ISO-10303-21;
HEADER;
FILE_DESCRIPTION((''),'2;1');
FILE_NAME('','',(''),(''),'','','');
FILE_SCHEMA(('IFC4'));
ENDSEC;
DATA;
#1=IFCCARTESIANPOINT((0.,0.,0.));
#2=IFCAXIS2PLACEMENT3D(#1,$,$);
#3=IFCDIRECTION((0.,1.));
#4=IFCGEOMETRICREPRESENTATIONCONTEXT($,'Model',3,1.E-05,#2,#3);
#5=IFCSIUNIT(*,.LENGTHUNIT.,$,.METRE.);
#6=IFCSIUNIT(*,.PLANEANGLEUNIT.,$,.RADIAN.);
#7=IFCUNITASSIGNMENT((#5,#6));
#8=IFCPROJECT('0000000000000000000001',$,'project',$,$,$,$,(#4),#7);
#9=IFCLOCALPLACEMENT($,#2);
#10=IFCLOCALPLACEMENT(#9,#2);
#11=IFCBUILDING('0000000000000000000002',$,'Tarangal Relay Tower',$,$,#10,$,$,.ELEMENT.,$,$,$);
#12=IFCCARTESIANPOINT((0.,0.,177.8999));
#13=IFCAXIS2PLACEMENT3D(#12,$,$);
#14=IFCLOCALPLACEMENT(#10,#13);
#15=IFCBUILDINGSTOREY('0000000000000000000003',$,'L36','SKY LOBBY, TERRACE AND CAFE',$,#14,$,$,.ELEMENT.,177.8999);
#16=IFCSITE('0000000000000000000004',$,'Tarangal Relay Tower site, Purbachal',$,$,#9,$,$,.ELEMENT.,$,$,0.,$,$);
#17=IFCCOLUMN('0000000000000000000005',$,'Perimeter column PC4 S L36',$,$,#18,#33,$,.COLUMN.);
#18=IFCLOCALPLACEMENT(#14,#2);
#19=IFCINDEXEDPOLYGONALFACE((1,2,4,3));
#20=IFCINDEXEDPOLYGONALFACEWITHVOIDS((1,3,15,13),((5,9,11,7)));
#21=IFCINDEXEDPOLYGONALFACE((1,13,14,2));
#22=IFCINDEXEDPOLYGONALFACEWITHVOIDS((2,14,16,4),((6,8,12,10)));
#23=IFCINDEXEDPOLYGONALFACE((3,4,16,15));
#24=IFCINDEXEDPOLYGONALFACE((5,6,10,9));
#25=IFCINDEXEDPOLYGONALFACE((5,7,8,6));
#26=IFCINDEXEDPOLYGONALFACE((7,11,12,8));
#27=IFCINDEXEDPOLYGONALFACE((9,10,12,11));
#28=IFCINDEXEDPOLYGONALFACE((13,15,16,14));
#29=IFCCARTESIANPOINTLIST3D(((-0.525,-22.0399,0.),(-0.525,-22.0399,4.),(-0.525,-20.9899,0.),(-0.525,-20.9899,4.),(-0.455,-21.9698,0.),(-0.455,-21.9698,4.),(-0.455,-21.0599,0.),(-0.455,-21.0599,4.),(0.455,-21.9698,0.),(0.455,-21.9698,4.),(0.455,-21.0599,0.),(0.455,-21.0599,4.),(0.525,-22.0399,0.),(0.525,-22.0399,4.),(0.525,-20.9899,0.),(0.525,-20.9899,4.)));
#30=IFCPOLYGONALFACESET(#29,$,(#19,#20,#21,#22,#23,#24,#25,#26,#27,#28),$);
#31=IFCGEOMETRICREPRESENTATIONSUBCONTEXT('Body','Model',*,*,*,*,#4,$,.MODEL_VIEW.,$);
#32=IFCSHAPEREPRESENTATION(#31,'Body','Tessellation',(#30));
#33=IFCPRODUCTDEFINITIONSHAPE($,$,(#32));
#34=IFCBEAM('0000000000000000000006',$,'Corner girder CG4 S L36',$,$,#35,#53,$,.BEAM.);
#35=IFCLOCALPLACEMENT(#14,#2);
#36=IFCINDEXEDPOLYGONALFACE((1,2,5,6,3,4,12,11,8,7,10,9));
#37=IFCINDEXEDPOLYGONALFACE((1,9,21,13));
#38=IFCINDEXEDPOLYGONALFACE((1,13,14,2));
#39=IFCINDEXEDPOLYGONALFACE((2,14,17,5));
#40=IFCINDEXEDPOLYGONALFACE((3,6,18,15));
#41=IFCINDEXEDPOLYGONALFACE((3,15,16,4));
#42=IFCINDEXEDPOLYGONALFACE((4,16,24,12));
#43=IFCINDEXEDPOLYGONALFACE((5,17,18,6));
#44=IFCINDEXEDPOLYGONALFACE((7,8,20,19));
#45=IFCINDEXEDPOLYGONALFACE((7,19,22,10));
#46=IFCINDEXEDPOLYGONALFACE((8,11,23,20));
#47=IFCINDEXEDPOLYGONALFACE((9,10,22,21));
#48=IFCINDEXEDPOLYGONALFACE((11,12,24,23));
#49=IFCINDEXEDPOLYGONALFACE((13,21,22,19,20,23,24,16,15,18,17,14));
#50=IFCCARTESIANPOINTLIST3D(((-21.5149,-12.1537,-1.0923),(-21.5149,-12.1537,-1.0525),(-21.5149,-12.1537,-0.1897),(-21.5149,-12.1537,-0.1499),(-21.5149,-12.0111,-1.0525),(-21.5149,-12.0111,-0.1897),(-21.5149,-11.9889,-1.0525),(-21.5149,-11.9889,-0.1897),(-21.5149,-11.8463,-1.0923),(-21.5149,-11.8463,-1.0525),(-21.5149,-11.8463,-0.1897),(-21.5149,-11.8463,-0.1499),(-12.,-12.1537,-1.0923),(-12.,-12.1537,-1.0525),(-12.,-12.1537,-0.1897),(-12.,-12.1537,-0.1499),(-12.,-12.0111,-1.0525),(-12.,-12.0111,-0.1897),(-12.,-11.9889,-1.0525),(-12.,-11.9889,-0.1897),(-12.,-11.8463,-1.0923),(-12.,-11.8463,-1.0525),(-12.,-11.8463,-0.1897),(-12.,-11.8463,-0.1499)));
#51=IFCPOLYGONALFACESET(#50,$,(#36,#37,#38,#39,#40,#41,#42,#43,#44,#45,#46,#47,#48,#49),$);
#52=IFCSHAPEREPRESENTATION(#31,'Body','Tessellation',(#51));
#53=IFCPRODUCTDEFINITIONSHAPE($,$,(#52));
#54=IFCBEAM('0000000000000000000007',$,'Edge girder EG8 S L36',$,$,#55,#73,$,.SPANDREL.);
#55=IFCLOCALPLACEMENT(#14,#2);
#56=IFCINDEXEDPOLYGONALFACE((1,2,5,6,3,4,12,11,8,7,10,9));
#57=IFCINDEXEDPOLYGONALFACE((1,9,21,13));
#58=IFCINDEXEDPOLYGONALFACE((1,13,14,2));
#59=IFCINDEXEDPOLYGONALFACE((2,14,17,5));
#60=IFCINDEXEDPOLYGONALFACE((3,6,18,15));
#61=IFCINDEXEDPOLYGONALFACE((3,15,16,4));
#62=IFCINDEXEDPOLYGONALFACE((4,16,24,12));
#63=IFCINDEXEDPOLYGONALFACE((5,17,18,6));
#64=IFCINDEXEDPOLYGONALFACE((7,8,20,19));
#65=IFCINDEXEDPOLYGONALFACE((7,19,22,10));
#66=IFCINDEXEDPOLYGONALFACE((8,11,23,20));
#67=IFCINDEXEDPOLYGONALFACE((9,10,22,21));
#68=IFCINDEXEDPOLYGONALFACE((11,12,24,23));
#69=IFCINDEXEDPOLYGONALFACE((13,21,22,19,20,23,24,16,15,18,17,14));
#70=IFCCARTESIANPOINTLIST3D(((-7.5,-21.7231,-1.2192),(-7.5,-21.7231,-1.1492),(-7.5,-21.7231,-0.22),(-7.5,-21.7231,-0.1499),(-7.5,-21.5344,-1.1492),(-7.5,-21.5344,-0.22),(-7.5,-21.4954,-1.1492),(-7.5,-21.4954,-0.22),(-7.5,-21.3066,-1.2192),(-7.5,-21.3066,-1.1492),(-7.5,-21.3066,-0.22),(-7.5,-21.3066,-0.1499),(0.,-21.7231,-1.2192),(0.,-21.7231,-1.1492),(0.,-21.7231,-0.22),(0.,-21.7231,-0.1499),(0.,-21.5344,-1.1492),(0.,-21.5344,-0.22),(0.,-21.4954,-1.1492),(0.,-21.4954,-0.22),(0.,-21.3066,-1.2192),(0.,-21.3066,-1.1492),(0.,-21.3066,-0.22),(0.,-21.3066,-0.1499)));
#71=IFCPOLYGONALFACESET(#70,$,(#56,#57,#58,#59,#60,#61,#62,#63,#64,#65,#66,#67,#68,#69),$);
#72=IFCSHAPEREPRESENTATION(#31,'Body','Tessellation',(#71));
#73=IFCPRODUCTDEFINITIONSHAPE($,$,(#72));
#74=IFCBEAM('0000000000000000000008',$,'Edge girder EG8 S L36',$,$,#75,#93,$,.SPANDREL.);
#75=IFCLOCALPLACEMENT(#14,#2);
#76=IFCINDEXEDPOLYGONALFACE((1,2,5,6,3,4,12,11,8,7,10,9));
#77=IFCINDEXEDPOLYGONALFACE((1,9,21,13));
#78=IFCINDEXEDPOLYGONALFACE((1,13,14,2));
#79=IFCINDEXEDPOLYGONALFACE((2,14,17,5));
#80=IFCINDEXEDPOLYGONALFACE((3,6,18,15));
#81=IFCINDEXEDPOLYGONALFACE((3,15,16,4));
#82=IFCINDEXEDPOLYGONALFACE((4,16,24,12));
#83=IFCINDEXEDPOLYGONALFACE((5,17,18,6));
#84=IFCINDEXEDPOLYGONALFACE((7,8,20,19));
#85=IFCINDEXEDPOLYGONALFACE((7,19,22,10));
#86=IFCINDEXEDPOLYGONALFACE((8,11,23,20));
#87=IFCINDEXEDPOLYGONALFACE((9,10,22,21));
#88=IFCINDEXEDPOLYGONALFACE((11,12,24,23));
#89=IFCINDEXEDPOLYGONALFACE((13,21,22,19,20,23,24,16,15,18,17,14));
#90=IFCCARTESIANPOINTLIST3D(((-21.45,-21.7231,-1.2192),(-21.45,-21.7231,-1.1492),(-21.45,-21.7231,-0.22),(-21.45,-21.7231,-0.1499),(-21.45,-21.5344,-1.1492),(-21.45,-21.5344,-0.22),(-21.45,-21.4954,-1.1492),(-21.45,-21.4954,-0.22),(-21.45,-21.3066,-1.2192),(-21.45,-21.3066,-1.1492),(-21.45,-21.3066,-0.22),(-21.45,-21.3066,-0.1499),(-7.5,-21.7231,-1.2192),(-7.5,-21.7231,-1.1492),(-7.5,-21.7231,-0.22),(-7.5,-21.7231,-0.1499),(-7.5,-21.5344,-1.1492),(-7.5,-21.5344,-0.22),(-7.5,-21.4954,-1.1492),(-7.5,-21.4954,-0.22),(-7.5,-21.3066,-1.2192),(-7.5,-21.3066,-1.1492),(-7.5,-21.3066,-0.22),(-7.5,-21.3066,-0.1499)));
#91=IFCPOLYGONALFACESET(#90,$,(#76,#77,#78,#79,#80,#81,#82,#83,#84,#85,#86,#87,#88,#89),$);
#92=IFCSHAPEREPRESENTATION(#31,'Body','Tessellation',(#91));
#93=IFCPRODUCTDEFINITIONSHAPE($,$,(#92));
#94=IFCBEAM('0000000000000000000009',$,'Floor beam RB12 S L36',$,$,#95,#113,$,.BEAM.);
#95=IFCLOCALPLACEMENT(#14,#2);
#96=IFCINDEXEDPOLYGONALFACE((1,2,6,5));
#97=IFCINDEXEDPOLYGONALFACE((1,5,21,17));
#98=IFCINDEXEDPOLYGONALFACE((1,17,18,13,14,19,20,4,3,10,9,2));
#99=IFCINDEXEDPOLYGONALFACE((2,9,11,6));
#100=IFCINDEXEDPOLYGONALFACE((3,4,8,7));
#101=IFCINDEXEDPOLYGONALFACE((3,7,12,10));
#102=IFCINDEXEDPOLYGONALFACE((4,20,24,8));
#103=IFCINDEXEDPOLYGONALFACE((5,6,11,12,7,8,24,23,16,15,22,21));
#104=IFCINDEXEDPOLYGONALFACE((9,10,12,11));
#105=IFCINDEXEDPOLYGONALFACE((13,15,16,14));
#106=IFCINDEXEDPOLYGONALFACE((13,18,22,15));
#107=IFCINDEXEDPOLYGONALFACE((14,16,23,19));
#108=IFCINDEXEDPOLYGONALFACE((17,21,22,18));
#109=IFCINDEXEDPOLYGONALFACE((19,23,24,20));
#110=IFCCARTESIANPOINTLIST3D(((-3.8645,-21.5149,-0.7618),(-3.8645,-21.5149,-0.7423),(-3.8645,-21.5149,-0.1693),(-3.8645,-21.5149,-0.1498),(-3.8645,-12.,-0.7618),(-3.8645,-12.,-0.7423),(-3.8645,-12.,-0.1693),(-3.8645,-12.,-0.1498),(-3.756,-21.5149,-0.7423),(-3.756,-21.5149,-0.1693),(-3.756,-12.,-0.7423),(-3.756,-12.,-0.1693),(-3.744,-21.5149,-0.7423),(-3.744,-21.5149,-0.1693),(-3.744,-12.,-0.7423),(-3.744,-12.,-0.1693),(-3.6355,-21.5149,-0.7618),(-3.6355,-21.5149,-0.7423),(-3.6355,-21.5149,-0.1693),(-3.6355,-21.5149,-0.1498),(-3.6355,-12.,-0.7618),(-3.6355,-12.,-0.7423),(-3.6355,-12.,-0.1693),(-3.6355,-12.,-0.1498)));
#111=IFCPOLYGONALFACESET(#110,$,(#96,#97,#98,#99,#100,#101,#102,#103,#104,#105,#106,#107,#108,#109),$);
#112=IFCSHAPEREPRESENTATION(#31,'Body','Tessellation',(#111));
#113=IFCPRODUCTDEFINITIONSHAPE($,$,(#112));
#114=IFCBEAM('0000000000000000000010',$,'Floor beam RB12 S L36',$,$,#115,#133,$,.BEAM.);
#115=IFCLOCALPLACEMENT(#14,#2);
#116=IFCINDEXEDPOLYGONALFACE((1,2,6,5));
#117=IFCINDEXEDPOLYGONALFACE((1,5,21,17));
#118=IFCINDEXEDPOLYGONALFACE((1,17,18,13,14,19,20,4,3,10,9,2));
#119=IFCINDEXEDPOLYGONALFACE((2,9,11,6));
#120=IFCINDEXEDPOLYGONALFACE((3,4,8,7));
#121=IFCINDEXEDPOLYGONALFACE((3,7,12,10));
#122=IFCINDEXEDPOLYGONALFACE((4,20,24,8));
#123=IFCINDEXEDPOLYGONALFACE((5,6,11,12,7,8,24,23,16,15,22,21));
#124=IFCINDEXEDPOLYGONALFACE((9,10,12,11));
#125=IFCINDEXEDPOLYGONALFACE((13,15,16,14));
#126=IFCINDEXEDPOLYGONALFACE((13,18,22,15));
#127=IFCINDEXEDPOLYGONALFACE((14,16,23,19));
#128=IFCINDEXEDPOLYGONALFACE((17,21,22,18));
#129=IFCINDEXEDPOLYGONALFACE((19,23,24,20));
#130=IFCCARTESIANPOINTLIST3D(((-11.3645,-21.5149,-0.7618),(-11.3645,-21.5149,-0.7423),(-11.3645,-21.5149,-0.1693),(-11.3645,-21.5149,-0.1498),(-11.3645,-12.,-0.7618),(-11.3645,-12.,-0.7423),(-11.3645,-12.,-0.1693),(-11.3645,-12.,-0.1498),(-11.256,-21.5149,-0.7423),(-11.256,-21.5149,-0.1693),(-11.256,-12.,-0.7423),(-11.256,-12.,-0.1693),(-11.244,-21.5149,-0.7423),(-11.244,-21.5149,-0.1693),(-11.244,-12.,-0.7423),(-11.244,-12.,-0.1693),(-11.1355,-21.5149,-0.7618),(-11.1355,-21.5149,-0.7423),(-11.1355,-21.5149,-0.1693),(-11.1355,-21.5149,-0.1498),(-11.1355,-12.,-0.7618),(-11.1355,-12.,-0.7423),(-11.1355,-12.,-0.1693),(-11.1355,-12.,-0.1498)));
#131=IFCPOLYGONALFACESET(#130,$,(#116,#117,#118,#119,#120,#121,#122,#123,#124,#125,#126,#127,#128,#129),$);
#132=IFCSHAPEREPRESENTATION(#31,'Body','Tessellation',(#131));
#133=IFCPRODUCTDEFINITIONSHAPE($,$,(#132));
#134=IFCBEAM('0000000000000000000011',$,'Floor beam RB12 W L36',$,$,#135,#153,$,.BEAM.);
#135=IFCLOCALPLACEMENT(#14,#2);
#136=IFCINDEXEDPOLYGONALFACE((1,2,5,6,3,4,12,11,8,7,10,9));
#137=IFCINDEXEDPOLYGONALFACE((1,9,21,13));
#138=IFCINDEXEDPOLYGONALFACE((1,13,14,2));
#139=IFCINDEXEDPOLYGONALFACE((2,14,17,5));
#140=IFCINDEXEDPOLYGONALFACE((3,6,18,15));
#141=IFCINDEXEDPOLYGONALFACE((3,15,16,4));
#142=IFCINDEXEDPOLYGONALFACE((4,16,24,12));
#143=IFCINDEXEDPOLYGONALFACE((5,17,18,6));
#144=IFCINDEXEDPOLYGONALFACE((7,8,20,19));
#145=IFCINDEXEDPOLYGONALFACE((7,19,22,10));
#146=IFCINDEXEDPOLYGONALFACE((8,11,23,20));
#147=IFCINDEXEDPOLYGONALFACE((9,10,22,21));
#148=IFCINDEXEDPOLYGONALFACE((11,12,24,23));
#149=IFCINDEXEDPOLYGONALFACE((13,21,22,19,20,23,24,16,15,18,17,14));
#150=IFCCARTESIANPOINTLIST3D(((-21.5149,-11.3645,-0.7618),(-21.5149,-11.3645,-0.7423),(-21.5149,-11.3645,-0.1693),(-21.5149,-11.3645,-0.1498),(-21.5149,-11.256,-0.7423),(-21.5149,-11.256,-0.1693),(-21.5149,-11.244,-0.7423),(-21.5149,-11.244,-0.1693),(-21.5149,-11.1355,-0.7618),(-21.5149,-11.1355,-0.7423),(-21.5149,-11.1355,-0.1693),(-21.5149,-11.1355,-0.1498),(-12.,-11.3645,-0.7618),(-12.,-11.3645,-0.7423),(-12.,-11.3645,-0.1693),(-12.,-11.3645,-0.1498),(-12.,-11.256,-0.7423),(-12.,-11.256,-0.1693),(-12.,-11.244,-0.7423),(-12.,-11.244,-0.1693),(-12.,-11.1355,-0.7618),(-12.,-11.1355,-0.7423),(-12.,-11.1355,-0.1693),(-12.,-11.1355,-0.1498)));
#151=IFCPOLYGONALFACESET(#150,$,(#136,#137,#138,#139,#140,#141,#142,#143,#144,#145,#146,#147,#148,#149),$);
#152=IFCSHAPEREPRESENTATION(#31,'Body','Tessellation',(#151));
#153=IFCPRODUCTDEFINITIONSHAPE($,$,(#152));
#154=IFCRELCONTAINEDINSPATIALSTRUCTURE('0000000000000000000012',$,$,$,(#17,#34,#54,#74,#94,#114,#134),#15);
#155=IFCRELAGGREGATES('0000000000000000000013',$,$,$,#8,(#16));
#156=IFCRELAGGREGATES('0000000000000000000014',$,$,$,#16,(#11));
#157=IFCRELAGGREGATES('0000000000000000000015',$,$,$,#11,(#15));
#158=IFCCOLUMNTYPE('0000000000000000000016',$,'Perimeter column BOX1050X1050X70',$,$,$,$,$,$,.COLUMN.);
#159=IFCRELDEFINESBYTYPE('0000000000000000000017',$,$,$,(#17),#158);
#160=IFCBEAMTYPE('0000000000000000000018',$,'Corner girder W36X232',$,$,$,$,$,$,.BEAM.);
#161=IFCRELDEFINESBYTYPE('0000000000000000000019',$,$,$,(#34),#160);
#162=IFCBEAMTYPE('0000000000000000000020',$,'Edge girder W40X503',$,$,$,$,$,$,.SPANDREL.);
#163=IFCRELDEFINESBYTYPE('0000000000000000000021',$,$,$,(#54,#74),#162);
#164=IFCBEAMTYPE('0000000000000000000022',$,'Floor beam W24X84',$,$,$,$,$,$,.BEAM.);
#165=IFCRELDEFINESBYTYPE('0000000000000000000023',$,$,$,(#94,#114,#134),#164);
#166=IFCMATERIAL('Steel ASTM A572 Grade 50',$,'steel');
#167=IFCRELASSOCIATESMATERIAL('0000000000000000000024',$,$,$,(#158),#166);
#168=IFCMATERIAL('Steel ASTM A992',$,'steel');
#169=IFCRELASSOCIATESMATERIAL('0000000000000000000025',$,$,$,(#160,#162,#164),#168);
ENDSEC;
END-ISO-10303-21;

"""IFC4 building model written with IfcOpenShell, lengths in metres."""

from ifc_helpers import new_model, si_unit, direction, frame, origin, origin_2d, place, context, subcontext, project, spatial, hollow_rectangle, i_section, extrude, material, material_profile, profile_set, type_object, element, save


model = new_model("IFC4")

# Units and contexts
model_context = context("Model", 3, precision=1e-05, world=origin(), true_north=direction((0.0, 1.0)))
body_context = subcontext(model_context, "Body", "Model", "MODEL_VIEW")
ifc_project = project(units=[si_unit("LENGTHUNIT", "METRE"), si_unit("PLANEANGLEUNIT", "RADIAN")], contexts=[model_context])

# Site, building, storey
site_placement = place(None, origin())
site = spatial("IfcSite", under=ifc_project, at=site_placement, Name="Tarangal Relay Tower site, Purbachal", CompositionType="ELEMENT", RefElevation=0.0)
building_placement = place(site_placement, origin())
building = spatial("IfcBuilding", under=site, at=building_placement, Name="Tarangal Relay Tower", CompositionType="ELEMENT")
storey_placement = place(building_placement, frame((0.0, 0.0, 177.8999)))
storey = spatial("IfcBuildingStorey", under=building, at=storey_placement, Name="L36", Description="SKY LOBBY, TERRACE AND CAFE", CompositionType="ELEMENT", Elevation=177.8999)

# Column
ifc_material_1 = material(Name="Steel ASTM A572 Grade 50", Category="steel")
ifc_material_profile_1 = material_profile(ifc_material_1, hollow_rectangle(XDim=1.05, YDim=1.05, WallThickness=0.0701, at=origin_2d()), Name="BOX1050X1050X70")
ifc_profile_set_1 = profile_set([ifc_material_profile_1], Name="Steel ASTM A572 Grade 50")
column_type = type_object("IfcColumnType", Name="Perimeter column BOX1050X1050X70", PredefinedType="COLUMN", material=ifc_profile_set_1)
column_placement = place(storey_placement, frame((0.0, -21.5149, 0.0), z_axis=(0.0, 0.0, 1.0), x_axis=(1.0, 0.0, 0.0)))
element("IfcColumn", 1, at=column_placement, inside=storey, type_object=column_type, Name="Perimeter column PC4 S L36", PredefinedType="COLUMN", context=body_context, shape_type="SweptSolid", body=[
    extrude(hollow_rectangle(XDim=1.05, YDim=1.05, WallThickness=0.0701, at=origin_2d()), origin(), (0.0, 0.0, 1.0), 4.0),
])

# Beams
ifc_material_2 = material(Name="Steel ASTM A992", Category="steel")
ifc_material_profile_2 = material_profile(ifc_material_2, i_section(OverallWidth=0.3074, OverallDepth=0.9424, WebThickness=0.0222, FlangeThickness=0.0398, at=origin_2d()), Name="W36X232")
ifc_profile_set_2 = profile_set([ifc_material_profile_2], Name="Steel ASTM A992")
beam_type_1 = type_object("IfcBeamType", Name="Corner girder W36X232", PredefinedType="BEAM", material=ifc_profile_set_2)
beam_1_placement = place(storey_placement, frame((-12.0, -12.0, -0.6211), z_axis=(-1.0, 0.0, 0.0), x_axis=(0.0, -1.0, 0.0)))
element("IfcBeam", 2, at=beam_1_placement, inside=storey, type_object=beam_type_1, Name="Corner girder CG4 S L36", PredefinedType="BEAM", context=body_context, shape_type="SweptSolid", body=[
    extrude(i_section(OverallWidth=0.3074, OverallDepth=0.9424, WebThickness=0.0222, FlangeThickness=0.0398, at=origin_2d()), origin(), (0.0, 0.0, 1.0), 9.5149),
])
ifc_material_profile_3 = material_profile(ifc_material_2, i_section(OverallWidth=0.4165, OverallDepth=1.0693, WebThickness=0.0391, FlangeThickness=0.0701, at=origin_2d()), Name="W40X503")
ifc_profile_set_3 = profile_set([ifc_material_profile_3], Name="Steel ASTM A992")
beam_type_2 = type_object("IfcBeamType", Name="Edge girder W40X503", PredefinedType="SPANDREL", material=ifc_profile_set_3)
beam_2_placement = place(storey_placement, frame((0.0, -21.5149, -0.6846), z_axis=(-1.0, 0.0, 0.0), x_axis=(0.0, -1.0, 0.0)))
element("IfcBeam", 3, at=beam_2_placement, inside=storey, type_object=beam_type_2, Name="Edge girder EG8 S L36", PredefinedType="SPANDREL", context=body_context, shape_type="SweptSolid", body=[
    extrude(i_section(OverallWidth=0.4165, OverallDepth=1.0693, WebThickness=0.0391, FlangeThickness=0.0701, at=origin_2d()), origin(), (0.0, 0.0, 1.0), 7.5),
])
beam_3_placement = place(storey_placement, frame((-7.5, -21.5149, -0.6846), z_axis=(-1.0, 0.0, 0.0), x_axis=(0.0, -1.0, 0.0)))
element("IfcBeam", 4, at=beam_3_placement, inside=storey, type_object=beam_type_2, Name="Edge girder EG8 S L36", PredefinedType="SPANDREL", context=body_context, shape_type="SweptSolid", body=[
    extrude(i_section(OverallWidth=0.4165, OverallDepth=1.0693, WebThickness=0.0391, FlangeThickness=0.0701, at=origin_2d()), origin(), (0.0, 0.0, 1.0), 13.95),
])
ifc_material_profile_4 = material_profile(ifc_material_2, i_section(OverallWidth=0.229, OverallDepth=0.6121, WebThickness=0.012, FlangeThickness=0.0195, at=origin_2d()), Name="W24X84")
ifc_profile_set_4 = profile_set([ifc_material_profile_4], Name="Steel ASTM A992")
beam_type_3 = type_object("IfcBeamType", Name="Floor beam W24X84", PredefinedType="BEAM", material=ifc_profile_set_4)
for number, where, z_axis, x_axis, name in (
    (5, (-3.75, -12.0, -0.4558), (0.0, -1.0, 0.0), (1.0, 0.0, 0.0), "Floor beam RB12 S L36"),
    (6, (-11.25, -12.0, -0.4558), (0.0, -1.0, 0.0), (1.0, 0.0, 0.0), "Floor beam RB12 S L36"),
    (7, (-12.0, -11.25, -0.4558), (-1.0, 0.0, 0.0), (0.0, -1.0, 0.0), "Floor beam RB12 W L36"),
):
    element("IfcBeam", number, at=place(storey_placement, frame(where, z_axis=z_axis, x_axis=x_axis)), inside=storey, type_object=beam_type_3, Name=name, PredefinedType="BEAM", context=body_context, shape_type="SweptSolid", body=[
        extrude(i_section(OverallWidth=0.229, OverallDepth=0.6121, WebThickness=0.012, FlangeThickness=0.0195, at=origin_2d()), origin(), (0.0, 0.0, 1.0), 9.5149),
    ])

save(model, "model.ifc")
